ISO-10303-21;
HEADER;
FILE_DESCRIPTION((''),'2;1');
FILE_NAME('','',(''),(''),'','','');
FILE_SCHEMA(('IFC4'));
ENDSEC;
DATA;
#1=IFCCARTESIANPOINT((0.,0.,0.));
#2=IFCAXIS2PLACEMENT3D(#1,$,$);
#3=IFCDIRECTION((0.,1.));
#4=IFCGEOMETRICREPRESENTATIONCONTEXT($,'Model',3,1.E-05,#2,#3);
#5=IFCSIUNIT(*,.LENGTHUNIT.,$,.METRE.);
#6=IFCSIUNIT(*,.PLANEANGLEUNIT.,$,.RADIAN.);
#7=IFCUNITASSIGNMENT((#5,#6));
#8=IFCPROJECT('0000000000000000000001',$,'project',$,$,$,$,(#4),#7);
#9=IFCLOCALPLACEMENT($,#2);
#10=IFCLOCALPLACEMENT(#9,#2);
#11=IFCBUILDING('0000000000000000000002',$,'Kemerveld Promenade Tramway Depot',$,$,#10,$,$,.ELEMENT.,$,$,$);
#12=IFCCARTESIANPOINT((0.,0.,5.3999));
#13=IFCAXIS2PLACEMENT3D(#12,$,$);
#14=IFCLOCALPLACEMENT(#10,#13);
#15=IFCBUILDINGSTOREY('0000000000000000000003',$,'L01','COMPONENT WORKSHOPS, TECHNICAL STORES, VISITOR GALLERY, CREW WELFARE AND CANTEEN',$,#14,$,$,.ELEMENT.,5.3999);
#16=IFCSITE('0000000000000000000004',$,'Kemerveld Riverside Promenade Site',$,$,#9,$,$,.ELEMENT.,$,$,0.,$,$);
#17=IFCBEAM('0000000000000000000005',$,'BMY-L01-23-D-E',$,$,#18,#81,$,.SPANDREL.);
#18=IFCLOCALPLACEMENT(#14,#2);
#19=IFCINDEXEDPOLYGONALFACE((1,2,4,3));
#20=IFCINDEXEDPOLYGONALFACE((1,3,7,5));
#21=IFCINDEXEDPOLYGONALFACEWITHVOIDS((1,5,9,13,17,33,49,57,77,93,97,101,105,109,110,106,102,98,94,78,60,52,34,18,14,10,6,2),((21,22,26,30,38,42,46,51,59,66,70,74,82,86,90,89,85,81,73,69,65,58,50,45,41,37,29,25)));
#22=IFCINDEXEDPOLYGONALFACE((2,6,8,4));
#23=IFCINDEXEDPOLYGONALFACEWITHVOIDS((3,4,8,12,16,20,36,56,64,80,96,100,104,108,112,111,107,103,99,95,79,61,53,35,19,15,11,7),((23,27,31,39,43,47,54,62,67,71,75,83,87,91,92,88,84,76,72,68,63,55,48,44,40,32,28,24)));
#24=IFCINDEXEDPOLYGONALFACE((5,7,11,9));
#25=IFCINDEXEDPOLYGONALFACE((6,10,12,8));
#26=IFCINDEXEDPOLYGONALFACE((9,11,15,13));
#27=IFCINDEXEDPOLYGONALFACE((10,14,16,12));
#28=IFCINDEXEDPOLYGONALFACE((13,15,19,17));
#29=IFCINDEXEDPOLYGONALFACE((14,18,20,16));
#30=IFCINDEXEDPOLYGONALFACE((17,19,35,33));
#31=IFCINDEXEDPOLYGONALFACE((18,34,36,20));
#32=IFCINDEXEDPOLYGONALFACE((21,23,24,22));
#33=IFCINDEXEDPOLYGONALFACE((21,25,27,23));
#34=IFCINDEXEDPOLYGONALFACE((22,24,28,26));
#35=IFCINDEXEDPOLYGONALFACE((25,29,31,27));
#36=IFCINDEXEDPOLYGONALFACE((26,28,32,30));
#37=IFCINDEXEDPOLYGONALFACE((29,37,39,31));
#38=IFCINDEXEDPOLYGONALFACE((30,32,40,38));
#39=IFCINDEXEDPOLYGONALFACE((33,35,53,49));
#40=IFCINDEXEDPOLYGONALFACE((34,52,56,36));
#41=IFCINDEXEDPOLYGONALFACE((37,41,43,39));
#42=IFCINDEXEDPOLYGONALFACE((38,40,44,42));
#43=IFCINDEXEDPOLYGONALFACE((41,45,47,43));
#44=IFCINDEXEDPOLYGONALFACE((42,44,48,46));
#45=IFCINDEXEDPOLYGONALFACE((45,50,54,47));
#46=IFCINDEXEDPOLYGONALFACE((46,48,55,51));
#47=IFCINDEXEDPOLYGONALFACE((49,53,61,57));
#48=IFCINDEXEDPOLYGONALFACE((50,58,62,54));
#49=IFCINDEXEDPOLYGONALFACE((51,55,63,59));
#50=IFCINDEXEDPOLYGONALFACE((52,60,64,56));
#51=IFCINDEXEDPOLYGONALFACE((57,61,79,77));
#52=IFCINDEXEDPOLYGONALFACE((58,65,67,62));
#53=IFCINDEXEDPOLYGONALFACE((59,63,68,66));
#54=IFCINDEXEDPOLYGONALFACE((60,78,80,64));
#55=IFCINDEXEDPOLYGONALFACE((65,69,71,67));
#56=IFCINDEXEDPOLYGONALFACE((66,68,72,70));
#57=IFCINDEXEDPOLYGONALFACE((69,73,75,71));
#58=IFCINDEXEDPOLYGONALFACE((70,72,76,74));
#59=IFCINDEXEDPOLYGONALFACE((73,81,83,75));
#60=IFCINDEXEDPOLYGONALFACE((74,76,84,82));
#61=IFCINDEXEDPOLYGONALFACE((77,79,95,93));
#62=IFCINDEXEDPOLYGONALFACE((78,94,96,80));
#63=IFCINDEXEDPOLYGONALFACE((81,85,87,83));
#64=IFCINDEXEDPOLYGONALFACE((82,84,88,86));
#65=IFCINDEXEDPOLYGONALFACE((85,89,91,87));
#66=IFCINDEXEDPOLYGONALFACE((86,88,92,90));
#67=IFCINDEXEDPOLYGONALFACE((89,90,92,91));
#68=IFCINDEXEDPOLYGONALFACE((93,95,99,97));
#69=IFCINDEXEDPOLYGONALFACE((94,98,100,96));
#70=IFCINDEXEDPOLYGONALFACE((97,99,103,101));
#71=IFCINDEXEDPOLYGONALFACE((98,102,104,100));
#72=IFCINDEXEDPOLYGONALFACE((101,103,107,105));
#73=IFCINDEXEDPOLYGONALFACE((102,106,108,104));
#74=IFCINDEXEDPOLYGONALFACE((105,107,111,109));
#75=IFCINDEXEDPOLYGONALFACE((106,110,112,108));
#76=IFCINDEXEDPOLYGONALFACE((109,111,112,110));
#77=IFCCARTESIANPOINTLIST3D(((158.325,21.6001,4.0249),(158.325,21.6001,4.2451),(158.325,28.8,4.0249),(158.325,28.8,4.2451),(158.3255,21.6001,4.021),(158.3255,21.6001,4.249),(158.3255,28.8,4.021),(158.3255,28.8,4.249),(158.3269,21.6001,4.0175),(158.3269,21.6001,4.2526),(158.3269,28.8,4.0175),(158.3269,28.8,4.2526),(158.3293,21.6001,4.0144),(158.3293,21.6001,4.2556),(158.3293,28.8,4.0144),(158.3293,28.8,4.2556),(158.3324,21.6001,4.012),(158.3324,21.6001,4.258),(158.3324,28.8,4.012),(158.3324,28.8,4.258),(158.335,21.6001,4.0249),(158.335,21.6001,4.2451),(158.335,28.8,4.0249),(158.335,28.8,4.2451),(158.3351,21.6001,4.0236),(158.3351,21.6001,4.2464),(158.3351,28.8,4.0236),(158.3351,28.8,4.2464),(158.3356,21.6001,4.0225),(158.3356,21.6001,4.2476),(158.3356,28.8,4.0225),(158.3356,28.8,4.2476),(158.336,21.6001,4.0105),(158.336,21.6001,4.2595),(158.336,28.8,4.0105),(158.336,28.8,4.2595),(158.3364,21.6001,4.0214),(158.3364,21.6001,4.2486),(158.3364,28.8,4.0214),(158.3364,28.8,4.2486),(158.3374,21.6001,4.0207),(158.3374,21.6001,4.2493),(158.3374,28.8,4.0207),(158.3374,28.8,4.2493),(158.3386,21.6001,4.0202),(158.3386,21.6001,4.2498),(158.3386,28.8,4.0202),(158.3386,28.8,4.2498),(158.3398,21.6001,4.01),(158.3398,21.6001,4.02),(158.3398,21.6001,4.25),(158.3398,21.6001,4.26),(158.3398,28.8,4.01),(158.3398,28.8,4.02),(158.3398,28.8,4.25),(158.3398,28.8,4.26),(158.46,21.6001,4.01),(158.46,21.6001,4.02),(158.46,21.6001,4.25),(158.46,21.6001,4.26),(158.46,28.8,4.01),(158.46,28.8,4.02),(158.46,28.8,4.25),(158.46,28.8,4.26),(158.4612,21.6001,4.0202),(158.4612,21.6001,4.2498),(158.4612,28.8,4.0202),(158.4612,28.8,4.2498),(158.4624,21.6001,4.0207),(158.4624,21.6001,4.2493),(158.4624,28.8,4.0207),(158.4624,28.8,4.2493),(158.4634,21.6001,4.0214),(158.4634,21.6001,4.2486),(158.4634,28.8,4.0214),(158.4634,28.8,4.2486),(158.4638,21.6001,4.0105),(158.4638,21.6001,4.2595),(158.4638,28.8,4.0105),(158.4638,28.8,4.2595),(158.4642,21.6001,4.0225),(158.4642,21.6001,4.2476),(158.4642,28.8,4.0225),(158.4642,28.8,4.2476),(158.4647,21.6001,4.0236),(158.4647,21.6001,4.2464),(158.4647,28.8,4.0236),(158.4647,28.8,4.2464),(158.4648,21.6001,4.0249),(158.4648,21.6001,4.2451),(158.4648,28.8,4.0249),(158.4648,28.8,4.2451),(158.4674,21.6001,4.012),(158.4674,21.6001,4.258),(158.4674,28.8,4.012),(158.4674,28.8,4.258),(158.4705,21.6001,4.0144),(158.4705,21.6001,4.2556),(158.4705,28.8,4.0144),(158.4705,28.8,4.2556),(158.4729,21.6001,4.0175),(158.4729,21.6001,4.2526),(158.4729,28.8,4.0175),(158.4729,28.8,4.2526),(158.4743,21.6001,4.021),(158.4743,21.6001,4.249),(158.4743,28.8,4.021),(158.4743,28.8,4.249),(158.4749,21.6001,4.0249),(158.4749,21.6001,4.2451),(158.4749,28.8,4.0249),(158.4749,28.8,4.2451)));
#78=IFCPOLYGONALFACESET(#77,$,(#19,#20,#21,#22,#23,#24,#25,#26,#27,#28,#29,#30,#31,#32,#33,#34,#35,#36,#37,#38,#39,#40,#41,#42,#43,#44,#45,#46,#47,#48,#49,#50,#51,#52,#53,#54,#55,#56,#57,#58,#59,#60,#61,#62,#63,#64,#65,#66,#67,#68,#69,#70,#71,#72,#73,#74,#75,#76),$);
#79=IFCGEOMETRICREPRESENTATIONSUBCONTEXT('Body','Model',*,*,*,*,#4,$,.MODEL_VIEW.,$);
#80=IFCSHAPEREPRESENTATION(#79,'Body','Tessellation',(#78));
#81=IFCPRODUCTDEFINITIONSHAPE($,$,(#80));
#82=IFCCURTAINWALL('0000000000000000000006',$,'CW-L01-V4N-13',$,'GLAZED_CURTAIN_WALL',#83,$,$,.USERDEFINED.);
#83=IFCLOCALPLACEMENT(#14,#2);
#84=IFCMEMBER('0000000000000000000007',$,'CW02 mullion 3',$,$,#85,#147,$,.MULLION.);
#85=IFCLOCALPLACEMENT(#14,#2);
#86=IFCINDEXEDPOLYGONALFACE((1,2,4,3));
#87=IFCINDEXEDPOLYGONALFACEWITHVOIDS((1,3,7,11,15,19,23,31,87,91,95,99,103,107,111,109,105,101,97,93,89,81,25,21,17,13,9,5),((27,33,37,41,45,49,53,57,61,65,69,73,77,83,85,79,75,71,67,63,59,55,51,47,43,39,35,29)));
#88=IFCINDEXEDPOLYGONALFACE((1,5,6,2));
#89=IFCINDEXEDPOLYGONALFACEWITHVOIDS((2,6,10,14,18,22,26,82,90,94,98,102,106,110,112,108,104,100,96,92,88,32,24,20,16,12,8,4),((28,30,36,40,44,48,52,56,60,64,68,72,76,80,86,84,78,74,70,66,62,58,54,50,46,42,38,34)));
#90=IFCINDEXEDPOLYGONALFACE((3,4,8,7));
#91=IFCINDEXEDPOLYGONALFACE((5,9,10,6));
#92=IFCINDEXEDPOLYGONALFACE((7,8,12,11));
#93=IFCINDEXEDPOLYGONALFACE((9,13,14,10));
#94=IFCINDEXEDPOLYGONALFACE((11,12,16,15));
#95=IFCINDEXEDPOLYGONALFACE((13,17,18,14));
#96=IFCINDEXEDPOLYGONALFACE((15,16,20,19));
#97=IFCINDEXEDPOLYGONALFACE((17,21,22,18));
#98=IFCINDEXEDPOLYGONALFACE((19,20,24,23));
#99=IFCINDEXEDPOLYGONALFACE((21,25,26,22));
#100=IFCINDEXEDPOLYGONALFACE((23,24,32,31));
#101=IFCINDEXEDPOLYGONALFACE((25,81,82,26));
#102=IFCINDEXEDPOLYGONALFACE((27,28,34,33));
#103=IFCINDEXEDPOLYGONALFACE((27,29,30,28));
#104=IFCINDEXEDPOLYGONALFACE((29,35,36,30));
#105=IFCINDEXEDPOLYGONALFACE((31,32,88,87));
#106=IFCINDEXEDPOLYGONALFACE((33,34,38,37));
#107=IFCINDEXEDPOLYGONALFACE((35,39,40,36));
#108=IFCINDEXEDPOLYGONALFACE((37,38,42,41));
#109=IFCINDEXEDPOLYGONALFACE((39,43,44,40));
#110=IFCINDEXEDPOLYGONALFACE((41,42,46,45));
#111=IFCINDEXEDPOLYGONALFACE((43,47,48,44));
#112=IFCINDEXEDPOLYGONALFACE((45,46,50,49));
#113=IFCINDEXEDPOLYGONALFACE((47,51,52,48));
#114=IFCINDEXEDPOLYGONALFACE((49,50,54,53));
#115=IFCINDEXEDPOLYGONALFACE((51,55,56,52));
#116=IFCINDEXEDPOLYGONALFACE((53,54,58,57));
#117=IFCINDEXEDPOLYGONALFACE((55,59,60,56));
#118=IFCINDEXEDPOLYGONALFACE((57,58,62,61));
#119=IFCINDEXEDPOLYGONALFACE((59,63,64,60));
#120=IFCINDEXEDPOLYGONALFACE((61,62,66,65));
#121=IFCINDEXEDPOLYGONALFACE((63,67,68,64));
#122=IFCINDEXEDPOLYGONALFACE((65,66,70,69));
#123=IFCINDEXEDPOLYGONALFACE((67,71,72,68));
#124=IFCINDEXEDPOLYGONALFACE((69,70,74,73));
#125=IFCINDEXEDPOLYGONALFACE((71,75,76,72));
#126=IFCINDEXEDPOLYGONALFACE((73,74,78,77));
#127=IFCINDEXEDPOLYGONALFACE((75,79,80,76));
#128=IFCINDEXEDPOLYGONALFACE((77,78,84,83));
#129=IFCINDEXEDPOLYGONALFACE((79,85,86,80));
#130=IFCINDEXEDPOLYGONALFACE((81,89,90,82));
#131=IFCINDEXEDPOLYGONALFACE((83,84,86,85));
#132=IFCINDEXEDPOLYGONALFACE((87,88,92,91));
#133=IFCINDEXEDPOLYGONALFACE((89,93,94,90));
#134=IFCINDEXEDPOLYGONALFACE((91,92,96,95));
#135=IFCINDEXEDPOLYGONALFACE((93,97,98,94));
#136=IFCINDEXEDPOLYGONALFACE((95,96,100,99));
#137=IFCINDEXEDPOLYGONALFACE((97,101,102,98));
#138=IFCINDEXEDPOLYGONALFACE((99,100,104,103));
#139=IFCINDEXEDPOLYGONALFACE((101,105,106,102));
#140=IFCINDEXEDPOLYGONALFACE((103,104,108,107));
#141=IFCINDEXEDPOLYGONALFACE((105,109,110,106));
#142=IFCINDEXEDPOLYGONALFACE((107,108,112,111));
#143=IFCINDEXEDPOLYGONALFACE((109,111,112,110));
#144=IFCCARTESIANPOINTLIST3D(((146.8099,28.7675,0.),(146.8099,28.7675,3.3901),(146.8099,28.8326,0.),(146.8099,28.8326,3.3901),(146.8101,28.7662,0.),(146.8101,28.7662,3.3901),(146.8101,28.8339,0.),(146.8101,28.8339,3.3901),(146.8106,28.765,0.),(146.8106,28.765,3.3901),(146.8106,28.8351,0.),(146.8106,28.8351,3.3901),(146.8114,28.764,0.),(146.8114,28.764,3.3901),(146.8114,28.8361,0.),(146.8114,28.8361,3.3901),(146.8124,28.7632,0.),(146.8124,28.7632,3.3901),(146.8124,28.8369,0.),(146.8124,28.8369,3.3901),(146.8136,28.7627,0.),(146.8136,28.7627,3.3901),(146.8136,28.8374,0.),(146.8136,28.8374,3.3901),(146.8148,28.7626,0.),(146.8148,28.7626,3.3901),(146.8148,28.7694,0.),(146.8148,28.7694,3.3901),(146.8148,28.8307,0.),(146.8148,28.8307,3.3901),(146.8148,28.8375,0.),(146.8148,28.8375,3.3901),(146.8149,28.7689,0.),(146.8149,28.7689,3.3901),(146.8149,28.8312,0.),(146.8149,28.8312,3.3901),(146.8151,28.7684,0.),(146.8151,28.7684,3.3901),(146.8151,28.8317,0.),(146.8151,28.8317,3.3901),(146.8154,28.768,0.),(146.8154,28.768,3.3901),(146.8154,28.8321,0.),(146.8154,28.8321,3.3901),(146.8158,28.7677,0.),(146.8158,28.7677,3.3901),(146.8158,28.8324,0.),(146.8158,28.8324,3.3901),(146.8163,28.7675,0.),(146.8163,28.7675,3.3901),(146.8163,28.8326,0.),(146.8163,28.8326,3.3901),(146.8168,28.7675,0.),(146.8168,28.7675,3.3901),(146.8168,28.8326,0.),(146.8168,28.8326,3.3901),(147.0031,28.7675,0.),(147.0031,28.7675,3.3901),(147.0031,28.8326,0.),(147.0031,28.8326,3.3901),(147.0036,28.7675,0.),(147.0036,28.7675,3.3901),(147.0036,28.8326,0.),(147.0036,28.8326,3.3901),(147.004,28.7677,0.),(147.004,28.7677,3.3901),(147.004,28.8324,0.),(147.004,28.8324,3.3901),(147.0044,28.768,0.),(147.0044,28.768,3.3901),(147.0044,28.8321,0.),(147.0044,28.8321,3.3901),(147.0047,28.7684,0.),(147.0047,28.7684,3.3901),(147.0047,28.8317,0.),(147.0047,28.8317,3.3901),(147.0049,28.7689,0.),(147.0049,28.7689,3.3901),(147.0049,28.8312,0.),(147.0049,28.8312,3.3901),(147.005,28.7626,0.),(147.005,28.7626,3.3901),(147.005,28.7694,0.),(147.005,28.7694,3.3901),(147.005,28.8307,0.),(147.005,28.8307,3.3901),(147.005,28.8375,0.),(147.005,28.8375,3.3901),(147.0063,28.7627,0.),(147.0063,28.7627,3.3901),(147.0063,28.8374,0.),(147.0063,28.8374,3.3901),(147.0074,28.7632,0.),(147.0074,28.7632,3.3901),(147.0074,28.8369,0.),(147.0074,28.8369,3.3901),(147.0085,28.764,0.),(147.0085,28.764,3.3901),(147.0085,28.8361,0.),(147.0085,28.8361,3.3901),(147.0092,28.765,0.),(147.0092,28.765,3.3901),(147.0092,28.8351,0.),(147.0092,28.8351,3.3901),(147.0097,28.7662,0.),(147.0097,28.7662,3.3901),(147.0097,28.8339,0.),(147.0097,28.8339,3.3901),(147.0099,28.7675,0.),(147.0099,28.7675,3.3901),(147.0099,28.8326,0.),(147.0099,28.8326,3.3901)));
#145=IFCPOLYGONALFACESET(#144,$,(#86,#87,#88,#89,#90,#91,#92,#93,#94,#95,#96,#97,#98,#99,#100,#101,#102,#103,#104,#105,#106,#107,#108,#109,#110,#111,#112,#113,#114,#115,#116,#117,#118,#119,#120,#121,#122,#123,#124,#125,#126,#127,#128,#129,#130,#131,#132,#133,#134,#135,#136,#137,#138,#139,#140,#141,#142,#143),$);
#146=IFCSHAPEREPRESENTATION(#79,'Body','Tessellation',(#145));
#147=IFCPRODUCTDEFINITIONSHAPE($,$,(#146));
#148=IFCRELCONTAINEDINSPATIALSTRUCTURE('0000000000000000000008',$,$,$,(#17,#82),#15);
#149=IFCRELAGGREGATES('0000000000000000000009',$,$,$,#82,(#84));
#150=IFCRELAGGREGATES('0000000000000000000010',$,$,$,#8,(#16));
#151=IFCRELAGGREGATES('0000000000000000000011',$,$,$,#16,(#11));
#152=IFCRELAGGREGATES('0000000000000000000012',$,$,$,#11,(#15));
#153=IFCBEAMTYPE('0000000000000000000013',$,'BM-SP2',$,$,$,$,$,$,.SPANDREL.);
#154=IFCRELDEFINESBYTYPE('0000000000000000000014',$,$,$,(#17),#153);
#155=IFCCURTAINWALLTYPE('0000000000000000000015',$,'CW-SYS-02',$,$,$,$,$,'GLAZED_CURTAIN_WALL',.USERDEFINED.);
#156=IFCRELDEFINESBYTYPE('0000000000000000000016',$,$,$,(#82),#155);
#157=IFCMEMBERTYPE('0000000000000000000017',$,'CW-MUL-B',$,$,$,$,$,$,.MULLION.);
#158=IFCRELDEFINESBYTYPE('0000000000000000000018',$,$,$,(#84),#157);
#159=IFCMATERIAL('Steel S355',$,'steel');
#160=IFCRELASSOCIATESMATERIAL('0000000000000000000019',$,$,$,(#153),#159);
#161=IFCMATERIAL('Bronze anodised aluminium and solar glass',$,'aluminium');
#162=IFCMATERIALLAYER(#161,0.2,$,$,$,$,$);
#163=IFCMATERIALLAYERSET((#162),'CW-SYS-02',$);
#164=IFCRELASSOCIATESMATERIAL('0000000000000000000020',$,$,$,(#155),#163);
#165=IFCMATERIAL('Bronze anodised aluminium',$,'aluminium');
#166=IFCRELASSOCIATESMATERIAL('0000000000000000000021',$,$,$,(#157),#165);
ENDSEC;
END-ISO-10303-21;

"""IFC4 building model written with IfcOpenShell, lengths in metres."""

from ifc_helpers import new_model, si_unit, direction, frame, origin, origin_2d, place, context, subcontext, project, spatial, hollow_rectangle, extrude, material, layer, layer_set, material_profile, profile_set, type_object, element, aggregate, save


model = new_model("IFC4")

# Units and contexts
model_context = context("Model", 3, precision=1e-05, world=origin(), true_north=direction((0.0, 1.0)))
body_context = subcontext(model_context, "Body", "Model", "MODEL_VIEW")
ifc_project = project(units=[si_unit("LENGTHUNIT", "METRE"), si_unit("PLANEANGLEUNIT", "RADIAN")], contexts=[model_context])

# Site, building, storey
site_placement = place(None, origin())
site = spatial("IfcSite", under=ifc_project, at=site_placement, Name="Kemerveld Riverside Promenade Site", CompositionType="ELEMENT", RefElevation=0.0)
building_placement = place(site_placement, origin())
building = spatial("IfcBuilding", under=site, at=building_placement, Name="Kemerveld Promenade Tramway Depot", CompositionType="ELEMENT")
storey_placement = place(building_placement, frame((0.0, 0.0, 5.3999)))
storey = spatial("IfcBuildingStorey", under=building, at=storey_placement, Name="L01", Description="COMPONENT WORKSHOPS, TECHNICAL STORES, VISITOR GALLERY, CREW WELFARE AND CANTEEN", CompositionType="ELEMENT", Elevation=5.3999)

# Shared definitions
ifc_material_1 = material(Name="Steel S355", Category="steel")

# Beam
ifc_material_profile_1 = material_profile(ifc_material_1, hollow_rectangle(XDim=0.1499, YDim=0.25, WallThickness=0.01, InnerFilletRadius=0.0049, OuterFilletRadius=0.0149, at=origin_2d()), Name="250x150x10.0 RHS")
ifc_profile_set_1 = profile_set([ifc_material_profile_1], Name="Steel S355")
beam_type_1 = type_object("IfcBeamType", Name="BM-SP2", PredefinedType="SPANDREL", material=ifc_profile_set_1)
beam_1_placement = place(storey_placement, frame((158.3999, 21.6001, 4.135), z_axis=(0.0, 1.0, 0.0), x_axis=(-1.0, 0.0, 0.0)))
element("IfcBeam", 1, at=beam_1_placement, inside=storey, type_object=beam_type_1, Name="BMY-L01-23-D-E", PredefinedType="SPANDREL", context=body_context, shape_type="SweptSolid", body=[
    extrude(hollow_rectangle(XDim=0.1499, YDim=0.25, WallThickness=0.01, InnerFilletRadius=0.0049, OuterFilletRadius=0.0149, at=origin_2d()), origin(), (0.0, 0.0, 1.0), 7.2),
])

# Curtain wall, member
ifc_material_2 = material(Name="Bronze anodised aluminium and solar glass", Category="aluminium")
ifc_layer_1 = layer(ifc_material_2, 0.2)
ifc_layer_set_1 = layer_set([ifc_layer_1], Name="CW-SYS-02")
curtain_wall_type = type_object("IfcCurtainWallType", Name="CW-SYS-02", ElementType="GLAZED_CURTAIN_WALL", PredefinedType="USERDEFINED", material=ifc_layer_set_1)
curtain_wall_placement = place(storey_placement, origin())
curtain_wall = element("IfcCurtainWall", 2, at=curtain_wall_placement, inside=storey, type_object=curtain_wall_type, Name="CW-L01-V4N-13", ObjectType="GLAZED_CURTAIN_WALL", PredefinedType="USERDEFINED")
ifc_material_3 = material(Name="Bronze anodised aluminium", Category="aluminium")
ifc_material_profile_2 = material_profile(ifc_material_3, hollow_rectangle(XDim=0.075, YDim=0.2, WallThickness=0.0049, InnerFilletRadius=0.002, OuterFilletRadius=0.0049, at=origin_2d()), Name="CW-MUL-200x75")
ifc_profile_set_2 = profile_set([ifc_material_profile_2], Name="Bronze anodised aluminium")
member_type_1 = type_object("IfcMemberType", Name="CW-MUL-B", PredefinedType="MULLION", material=ifc_profile_set_2)
member_1_placement = place(storey_placement, frame((146.9099, 28.8, 0.0), z_axis=(0.0, 0.0, 1.0), x_axis=(0.0, 1.0, 0.0)))
member_1 = element("IfcMember", 3, at=member_1_placement, type_object=member_type_1, Name="CW02 mullion 3", PredefinedType="MULLION", context=body_context, shape_type="SweptSolid", body=[
    extrude(hollow_rectangle(XDim=0.075, YDim=0.2, WallThickness=0.0049, InnerFilletRadius=0.002, OuterFilletRadius=0.0049, at=origin_2d()), origin(), (0.0, 0.0, 1.0), 3.3901),
])
aggregate(curtain_wall, [member_1])

save(model, "model.ifc")
